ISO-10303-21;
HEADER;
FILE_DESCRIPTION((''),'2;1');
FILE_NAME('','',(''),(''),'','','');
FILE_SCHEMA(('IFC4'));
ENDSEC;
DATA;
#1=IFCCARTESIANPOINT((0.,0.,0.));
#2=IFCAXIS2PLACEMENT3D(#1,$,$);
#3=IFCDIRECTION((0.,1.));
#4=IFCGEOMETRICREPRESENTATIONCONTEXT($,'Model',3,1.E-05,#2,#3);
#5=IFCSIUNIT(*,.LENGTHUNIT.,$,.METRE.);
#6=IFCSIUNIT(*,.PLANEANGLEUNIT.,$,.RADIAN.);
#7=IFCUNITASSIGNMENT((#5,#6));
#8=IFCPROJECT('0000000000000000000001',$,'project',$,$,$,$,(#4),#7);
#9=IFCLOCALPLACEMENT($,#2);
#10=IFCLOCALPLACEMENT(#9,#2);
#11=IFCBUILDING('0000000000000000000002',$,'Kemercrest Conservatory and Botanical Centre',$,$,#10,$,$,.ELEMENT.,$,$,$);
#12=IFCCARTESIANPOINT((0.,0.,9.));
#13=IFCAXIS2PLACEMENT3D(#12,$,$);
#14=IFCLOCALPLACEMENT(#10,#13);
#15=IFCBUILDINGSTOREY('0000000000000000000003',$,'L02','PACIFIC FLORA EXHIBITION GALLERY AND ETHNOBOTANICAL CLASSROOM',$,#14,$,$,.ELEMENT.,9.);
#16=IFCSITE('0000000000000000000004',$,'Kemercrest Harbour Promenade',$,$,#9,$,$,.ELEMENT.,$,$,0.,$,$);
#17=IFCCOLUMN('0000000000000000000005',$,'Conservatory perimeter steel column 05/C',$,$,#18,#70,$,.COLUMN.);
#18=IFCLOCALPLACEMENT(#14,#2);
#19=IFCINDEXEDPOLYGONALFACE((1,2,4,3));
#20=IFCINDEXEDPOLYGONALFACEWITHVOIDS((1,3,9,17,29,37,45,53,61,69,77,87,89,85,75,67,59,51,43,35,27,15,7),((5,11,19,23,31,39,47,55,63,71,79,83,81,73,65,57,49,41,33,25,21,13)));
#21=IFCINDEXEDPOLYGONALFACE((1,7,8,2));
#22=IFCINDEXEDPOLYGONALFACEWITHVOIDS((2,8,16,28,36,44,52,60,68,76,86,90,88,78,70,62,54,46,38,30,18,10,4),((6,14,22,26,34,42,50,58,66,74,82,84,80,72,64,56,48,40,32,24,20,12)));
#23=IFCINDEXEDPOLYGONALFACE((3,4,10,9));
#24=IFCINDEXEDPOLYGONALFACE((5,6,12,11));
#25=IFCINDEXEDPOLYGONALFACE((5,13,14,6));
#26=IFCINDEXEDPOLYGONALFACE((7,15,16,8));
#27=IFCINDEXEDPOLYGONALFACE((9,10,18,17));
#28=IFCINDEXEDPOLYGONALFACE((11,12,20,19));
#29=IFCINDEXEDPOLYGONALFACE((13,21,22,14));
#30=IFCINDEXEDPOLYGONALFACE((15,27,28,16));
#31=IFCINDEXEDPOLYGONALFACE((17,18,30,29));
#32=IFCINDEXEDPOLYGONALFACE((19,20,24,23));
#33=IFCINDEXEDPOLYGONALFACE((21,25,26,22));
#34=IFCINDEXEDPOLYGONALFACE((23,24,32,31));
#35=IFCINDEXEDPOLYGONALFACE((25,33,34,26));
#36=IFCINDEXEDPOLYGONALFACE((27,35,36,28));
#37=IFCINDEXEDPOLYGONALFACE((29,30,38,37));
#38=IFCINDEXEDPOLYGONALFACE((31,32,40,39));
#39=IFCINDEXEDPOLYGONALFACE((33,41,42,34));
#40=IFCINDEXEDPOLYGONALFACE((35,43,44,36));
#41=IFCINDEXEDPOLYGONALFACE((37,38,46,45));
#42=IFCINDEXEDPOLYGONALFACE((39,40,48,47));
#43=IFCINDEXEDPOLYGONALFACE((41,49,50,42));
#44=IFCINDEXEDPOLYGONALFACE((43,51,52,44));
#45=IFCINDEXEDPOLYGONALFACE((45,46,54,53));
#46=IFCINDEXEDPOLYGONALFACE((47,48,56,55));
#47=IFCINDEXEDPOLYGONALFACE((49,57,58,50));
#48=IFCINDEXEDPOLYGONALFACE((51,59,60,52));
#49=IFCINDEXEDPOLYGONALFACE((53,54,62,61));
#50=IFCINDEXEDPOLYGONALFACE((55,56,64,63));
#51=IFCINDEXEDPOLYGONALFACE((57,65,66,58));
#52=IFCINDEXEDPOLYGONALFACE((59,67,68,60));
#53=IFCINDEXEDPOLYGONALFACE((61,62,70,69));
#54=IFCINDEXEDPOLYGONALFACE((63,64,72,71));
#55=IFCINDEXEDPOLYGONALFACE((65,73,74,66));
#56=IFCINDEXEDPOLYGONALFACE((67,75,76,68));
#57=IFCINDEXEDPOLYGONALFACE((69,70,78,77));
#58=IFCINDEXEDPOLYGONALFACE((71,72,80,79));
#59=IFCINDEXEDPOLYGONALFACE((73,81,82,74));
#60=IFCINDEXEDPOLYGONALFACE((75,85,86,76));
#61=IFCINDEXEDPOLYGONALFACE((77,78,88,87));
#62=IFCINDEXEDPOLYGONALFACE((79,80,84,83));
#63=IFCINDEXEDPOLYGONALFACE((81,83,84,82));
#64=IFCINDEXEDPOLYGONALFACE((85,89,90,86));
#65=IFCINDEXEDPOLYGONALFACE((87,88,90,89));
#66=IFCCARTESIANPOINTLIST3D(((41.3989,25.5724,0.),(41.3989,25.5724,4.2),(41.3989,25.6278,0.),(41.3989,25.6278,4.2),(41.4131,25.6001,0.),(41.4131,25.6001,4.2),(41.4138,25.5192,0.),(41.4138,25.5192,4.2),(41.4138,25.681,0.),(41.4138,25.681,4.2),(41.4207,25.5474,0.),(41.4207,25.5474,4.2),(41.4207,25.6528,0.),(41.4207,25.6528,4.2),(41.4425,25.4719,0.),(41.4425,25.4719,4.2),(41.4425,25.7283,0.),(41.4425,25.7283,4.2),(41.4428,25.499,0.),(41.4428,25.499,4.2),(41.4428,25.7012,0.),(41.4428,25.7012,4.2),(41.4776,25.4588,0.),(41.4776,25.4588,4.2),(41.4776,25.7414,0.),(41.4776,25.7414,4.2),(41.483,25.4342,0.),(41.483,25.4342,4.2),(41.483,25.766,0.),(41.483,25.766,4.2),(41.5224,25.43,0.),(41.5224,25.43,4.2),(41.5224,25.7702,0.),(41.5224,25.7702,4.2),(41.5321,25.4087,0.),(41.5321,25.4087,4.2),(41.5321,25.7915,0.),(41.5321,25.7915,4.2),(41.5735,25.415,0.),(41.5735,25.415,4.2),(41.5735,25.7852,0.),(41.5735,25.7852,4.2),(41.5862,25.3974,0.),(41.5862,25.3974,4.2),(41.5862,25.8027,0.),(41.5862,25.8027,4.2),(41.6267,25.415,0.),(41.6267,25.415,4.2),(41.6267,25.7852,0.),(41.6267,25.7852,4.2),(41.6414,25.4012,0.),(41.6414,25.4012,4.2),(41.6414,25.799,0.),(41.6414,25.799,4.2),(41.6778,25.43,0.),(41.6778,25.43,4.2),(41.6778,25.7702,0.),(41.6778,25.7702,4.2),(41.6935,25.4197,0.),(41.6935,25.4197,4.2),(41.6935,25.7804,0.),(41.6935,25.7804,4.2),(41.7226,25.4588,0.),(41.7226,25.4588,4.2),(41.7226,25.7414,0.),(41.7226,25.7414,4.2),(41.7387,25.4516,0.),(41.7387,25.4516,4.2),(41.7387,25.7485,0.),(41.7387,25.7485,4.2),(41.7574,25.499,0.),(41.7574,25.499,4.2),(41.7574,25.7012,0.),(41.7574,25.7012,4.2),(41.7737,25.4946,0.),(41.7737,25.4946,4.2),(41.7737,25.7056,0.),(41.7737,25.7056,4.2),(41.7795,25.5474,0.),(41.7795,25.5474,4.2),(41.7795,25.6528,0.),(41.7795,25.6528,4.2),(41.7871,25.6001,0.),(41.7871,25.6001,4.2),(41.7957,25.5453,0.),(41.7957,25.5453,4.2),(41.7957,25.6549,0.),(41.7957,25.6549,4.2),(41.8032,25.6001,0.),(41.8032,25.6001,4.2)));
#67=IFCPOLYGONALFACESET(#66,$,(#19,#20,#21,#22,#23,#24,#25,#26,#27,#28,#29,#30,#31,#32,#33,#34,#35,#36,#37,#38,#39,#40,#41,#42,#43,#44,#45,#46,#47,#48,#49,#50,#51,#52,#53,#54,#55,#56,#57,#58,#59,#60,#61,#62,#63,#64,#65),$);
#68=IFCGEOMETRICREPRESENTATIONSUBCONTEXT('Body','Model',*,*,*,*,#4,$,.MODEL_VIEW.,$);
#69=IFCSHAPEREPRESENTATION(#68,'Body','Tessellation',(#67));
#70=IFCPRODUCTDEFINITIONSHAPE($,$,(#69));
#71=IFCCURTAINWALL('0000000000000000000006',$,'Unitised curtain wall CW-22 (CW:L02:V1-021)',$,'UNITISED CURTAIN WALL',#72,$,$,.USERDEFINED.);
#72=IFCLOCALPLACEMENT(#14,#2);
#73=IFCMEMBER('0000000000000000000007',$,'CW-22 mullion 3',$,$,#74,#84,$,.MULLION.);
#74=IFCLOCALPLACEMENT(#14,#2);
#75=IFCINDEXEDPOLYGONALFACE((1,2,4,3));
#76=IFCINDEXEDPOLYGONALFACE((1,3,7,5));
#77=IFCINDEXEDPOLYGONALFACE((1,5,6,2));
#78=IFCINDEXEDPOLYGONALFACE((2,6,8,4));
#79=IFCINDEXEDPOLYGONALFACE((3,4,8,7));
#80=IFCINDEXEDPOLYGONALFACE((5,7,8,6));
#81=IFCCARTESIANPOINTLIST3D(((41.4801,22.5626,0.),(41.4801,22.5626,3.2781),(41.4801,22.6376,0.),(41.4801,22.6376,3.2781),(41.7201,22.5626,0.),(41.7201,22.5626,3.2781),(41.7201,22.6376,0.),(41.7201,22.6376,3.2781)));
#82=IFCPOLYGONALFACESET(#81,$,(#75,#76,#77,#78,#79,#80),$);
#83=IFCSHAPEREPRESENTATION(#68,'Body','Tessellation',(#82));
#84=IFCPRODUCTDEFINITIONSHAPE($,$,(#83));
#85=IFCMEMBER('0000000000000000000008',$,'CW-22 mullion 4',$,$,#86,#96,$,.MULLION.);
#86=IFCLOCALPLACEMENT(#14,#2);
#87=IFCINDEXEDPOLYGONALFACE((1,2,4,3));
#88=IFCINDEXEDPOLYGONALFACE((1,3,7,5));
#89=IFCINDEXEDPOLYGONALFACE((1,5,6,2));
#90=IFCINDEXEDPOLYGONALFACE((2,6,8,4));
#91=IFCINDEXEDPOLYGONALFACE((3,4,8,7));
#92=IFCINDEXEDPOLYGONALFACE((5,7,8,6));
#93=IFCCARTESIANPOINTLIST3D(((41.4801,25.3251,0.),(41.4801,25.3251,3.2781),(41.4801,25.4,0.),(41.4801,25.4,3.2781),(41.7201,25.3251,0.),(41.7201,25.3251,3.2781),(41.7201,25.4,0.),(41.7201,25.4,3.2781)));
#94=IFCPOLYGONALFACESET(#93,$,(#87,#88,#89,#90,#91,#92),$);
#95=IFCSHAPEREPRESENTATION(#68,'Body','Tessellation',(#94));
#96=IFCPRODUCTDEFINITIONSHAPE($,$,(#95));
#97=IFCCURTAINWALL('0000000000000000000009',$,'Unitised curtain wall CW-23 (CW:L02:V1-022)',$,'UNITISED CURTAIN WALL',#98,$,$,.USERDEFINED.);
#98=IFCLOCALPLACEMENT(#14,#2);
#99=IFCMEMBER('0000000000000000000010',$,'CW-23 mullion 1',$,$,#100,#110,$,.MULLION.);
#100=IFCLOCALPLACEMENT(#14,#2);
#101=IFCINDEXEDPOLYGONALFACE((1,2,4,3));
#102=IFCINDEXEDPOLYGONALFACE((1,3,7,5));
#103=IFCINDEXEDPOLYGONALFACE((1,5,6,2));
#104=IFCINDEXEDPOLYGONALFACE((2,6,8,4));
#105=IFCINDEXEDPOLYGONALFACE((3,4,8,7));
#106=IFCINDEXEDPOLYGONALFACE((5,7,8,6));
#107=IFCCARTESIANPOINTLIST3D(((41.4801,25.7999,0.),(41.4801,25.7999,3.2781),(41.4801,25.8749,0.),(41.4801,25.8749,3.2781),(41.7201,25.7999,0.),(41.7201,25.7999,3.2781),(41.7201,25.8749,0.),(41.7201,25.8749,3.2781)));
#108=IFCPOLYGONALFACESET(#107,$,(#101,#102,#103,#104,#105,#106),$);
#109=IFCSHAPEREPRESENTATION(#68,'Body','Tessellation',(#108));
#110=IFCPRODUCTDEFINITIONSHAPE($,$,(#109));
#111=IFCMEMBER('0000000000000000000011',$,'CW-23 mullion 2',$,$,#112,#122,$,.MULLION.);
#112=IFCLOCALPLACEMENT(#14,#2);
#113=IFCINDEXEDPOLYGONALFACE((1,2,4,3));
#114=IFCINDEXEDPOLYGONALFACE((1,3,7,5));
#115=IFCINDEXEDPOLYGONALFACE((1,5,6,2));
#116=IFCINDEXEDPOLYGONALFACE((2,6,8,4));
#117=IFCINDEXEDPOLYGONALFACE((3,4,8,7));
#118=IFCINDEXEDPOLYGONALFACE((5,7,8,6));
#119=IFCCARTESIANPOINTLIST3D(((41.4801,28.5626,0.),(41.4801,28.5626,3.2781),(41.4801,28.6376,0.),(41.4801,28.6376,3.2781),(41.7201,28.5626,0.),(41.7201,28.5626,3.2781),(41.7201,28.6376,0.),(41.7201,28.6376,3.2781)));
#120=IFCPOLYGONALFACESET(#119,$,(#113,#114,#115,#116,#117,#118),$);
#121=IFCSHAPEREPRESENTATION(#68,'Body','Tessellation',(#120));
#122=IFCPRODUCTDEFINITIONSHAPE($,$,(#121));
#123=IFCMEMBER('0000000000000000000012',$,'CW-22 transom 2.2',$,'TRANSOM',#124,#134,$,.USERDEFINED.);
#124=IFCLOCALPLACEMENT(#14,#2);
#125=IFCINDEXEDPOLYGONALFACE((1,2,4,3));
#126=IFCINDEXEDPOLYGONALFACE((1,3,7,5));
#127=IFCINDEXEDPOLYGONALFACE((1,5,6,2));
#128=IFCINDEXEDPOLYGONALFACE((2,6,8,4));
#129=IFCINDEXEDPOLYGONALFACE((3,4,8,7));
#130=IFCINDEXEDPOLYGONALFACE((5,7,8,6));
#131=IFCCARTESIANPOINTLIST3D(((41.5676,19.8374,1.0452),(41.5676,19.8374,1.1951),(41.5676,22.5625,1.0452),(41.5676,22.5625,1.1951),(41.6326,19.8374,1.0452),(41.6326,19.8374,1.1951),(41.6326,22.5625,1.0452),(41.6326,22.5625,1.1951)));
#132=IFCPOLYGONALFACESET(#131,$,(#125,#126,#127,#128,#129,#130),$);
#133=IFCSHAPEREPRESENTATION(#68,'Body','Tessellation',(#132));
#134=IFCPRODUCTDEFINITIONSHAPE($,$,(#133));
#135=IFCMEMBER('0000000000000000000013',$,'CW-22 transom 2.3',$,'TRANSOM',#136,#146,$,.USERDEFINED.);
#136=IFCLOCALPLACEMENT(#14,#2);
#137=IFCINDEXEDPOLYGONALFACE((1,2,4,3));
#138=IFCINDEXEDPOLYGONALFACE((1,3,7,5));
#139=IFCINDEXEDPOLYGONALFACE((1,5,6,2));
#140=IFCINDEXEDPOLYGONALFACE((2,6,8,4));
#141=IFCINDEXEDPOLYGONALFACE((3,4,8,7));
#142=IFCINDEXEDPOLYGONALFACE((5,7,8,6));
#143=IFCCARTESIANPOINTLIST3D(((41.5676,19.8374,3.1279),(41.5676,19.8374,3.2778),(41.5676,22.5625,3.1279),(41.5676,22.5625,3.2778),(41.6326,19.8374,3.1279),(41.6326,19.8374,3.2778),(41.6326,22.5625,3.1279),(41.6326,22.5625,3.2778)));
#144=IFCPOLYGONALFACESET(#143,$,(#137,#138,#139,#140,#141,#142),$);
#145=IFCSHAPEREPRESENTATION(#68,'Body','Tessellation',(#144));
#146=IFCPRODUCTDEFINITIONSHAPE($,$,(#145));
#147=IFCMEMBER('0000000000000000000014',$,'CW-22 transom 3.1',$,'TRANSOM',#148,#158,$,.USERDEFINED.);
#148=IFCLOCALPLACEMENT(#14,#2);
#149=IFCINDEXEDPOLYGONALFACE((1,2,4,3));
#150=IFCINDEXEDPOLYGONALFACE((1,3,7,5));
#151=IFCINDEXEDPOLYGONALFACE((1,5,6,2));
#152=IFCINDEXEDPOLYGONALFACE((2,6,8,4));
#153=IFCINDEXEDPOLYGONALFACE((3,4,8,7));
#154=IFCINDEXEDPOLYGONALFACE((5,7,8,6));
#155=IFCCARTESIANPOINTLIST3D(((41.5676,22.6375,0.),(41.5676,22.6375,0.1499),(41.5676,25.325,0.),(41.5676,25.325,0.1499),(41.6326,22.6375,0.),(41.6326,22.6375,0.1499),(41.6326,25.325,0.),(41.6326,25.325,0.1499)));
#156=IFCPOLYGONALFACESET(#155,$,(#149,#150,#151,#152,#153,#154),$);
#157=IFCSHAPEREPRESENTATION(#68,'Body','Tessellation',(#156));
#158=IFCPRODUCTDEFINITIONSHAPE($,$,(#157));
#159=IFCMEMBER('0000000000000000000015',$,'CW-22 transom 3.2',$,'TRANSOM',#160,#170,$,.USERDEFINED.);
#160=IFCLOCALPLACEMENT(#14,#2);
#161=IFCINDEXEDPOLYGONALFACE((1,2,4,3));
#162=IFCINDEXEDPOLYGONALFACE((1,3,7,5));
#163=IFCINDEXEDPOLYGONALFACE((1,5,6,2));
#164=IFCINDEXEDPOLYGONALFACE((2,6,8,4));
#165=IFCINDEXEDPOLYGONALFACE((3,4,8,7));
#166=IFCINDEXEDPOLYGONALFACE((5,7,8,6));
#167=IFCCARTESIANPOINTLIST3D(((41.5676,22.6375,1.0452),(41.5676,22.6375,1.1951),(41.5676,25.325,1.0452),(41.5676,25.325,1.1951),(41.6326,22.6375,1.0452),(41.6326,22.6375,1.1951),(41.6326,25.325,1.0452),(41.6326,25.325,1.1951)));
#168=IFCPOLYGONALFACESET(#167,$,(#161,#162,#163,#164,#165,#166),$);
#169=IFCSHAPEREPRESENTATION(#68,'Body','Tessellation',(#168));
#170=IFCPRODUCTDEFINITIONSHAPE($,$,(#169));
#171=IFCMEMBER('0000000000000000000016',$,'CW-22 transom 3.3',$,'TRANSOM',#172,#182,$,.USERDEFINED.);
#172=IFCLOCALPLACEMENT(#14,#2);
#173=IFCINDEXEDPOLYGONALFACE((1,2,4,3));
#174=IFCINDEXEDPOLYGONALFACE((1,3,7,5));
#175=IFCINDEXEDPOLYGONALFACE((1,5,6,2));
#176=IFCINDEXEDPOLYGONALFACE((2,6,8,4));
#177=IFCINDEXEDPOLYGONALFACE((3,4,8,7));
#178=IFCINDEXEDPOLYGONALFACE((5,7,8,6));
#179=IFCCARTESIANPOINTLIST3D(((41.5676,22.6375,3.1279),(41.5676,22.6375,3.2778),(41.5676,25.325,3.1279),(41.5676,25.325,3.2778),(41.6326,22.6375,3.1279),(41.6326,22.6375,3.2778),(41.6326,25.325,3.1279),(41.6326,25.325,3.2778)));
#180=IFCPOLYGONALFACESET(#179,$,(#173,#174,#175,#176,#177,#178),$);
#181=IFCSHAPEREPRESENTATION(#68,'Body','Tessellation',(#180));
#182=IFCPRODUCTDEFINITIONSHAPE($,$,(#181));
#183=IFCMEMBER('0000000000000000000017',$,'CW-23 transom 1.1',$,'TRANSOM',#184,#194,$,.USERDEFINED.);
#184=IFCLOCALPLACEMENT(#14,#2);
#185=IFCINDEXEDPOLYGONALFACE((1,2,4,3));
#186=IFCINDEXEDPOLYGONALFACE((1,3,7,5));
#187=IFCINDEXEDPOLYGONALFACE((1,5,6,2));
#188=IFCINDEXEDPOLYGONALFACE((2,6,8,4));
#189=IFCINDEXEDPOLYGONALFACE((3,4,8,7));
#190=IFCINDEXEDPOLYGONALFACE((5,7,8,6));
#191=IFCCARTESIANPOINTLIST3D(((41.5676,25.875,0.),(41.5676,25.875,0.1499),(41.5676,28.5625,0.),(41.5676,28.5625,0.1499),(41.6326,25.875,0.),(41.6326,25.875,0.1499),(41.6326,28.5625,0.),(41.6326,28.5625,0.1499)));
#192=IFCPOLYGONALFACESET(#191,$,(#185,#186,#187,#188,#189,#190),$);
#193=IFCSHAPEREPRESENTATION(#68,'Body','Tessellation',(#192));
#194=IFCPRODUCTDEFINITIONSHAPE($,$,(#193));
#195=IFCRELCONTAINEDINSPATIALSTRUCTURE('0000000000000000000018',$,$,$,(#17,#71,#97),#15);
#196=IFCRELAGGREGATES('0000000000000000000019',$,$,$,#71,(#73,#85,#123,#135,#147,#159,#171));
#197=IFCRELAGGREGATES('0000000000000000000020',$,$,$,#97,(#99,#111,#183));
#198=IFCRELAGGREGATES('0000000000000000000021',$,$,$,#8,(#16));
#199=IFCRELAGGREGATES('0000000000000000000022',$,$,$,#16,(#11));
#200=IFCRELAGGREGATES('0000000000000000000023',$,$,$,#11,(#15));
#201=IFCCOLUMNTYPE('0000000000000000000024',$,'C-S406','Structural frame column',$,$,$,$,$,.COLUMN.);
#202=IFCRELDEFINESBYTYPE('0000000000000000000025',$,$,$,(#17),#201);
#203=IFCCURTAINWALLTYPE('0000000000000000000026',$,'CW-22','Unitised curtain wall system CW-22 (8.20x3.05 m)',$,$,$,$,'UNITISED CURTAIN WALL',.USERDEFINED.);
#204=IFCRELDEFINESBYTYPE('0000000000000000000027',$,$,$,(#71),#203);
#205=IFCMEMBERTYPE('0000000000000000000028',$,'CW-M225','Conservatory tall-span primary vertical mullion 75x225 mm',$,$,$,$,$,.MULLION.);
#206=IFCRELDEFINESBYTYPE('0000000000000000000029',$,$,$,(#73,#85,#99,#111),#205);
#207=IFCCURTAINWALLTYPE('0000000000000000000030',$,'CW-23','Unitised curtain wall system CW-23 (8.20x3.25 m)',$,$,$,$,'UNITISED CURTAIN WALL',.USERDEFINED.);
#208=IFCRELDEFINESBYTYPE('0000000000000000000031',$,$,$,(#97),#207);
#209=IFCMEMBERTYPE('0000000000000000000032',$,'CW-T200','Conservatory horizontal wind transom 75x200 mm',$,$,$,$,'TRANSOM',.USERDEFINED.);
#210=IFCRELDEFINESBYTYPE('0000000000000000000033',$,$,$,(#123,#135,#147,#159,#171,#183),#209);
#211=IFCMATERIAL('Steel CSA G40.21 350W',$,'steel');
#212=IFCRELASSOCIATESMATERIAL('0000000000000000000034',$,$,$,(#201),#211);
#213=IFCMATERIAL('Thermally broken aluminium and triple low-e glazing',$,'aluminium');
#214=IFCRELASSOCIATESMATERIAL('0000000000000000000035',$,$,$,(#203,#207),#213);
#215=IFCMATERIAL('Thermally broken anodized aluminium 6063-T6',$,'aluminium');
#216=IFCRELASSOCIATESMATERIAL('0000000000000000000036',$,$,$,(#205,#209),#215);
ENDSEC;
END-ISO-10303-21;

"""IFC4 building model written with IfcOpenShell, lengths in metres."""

from ifc_helpers import new_model, si_unit, direction, frame, origin, origin_2d, place, context, subcontext, project, spatial, rectangle, hollow_circle, extrude, material, material_profile, profile_set, type_object, element, aggregate, save


model = new_model("IFC4")

# Units and contexts
model_context = context("Model", 3, precision=1e-05, world=origin(), true_north=direction((0.0, 1.0)))
body_context = subcontext(model_context, "Body", "Model", "MODEL_VIEW")
ifc_project = project(units=[si_unit("LENGTHUNIT", "METRE"), si_unit("PLANEANGLEUNIT", "RADIAN")], contexts=[model_context])

# Site, building, storey
site_placement = place(None, origin())
site = spatial("IfcSite", under=ifc_project, at=site_placement, Name="Kemercrest Harbour Promenade", CompositionType="ELEMENT", RefElevation=0.0)
building_placement = place(site_placement, origin())
building = spatial("IfcBuilding", under=site, at=building_placement, Name="Kemercrest Conservatory and Botanical Centre", CompositionType="ELEMENT")
storey_placement = place(building_placement, frame((0.0, 0.0, 9.0)))
storey = spatial("IfcBuildingStorey", under=building, at=storey_placement, Name="L02", Description="PACIFIC FLORA EXHIBITION GALLERY AND ETHNOBOTANICAL CLASSROOM", CompositionType="ELEMENT", Elevation=9.0)

# Column
ifc_material_1 = material(Name="Steel CSA G40.21 350W", Category="steel")
ifc_material_profile_1 = material_profile(ifc_material_1, hollow_circle(Radius=0.2031, WallThickness=0.0161, at=origin_2d()), Name="CHS 406.4x16.0")
ifc_profile_set_1 = profile_set([ifc_material_profile_1], Name="Steel CSA G40.21 350W")
column_type = type_object("IfcColumnType", Name="C-S406", Description="Structural frame column", PredefinedType="COLUMN", material=ifc_profile_set_1)
column_placement = place(storey_placement, frame((41.6001, 25.6001, 0.0), z_axis=(0.0, 0.0, 1.0), x_axis=(1.0, 0.0, 0.0)))
element("IfcColumn", 1, at=column_placement, inside=storey, type_object=column_type, Name="Conservatory perimeter steel column 05/C", PredefinedType="COLUMN", context=body_context, shape_type="SweptSolid", body=[
    extrude(hollow_circle(Radius=0.2031, WallThickness=0.0161, at=origin_2d()), origin(), (0.0, 0.0, 1.0), 4.2),
])

# Curtain walls, members
ifc_material_2 = material(Name="Thermally broken aluminium and triple low-e glazing", Category="aluminium")
curtain_wall_type_1 = type_object("IfcCurtainWallType", Name="CW-22", Description="Unitised curtain wall system CW-22 (8.20x3.05 m)", ElementType="UNITISED CURTAIN WALL", PredefinedType="USERDEFINED", material=ifc_material_2)
curtain_wall_1_placement = place(storey_placement, origin())
curtain_wall_1 = element("IfcCurtainWall", 2, at=curtain_wall_1_placement, inside=storey, type_object=curtain_wall_type_1, Name="Unitised curtain wall CW-22 (CW:L02:V1-021)", ObjectType="UNITISED CURTAIN WALL", PredefinedType="USERDEFINED")
ifc_material_3 = material(Name="Thermally broken anodized aluminium 6063-T6", Category="aluminium")
ifc_material_profile_2 = material_profile(ifc_material_3, rectangle(XDim=0.24, YDim=0.075, at=origin_2d()), Name="AL MULLION 75x240")
ifc_profile_set_2 = profile_set([ifc_material_profile_2], Name="Thermally broken anodized aluminium 6063-T6")
member_type_1 = type_object("IfcMemberType", Name="CW-M225", Description="Conservatory tall-span primary vertical mullion 75x225 mm", PredefinedType="MULLION", material=ifc_profile_set_2)
member_1_placement = place(storey_placement, frame((41.6001, 22.6001, 0.0), z_axis=(0.0, 0.0, 1.0), x_axis=(-1.0, 0.0, 0.0)))
member_1 = element("IfcMember", 3, at=member_1_placement, type_object=member_type_1, Name="CW-22 mullion 3", PredefinedType="MULLION", context=body_context, shape_type="SweptSolid", body=[
    extrude(rectangle(XDim=0.24, YDim=0.075, at=origin_2d()), origin(), (0.0, 0.0, 1.0), 3.2781),
])
member_2_placement = place(storey_placement, frame((41.6001, 25.3625, 0.0), z_axis=(0.0, 0.0, 1.0), x_axis=(-1.0, 0.0, 0.0)))
member_2 = element("IfcMember", 4, at=member_2_placement, type_object=member_type_1, Name="CW-22 mullion 4", PredefinedType="MULLION", context=body_context, shape_type="SweptSolid", body=[
    extrude(rectangle(XDim=0.24, YDim=0.075, at=origin_2d()), origin(), (0.0, 0.0, 1.0), 3.2781),
])
curtain_wall_type_2 = type_object("IfcCurtainWallType", Name="CW-23", Description="Unitised curtain wall system CW-23 (8.20x3.25 m)", ElementType="UNITISED CURTAIN WALL", PredefinedType="USERDEFINED", material=ifc_material_2)
curtain_wall_2_placement = place(storey_placement, origin())
curtain_wall_2 = element("IfcCurtainWall", 5, at=curtain_wall_2_placement, inside=storey, type_object=curtain_wall_type_2, Name="Unitised curtain wall CW-23 (CW:L02:V1-022)", ObjectType="UNITISED CURTAIN WALL", PredefinedType="USERDEFINED")
member_3_placement = place(storey_placement, frame((41.6001, 25.8374, 0.0), z_axis=(0.0, 0.0, 1.0), x_axis=(-1.0, 0.0, 0.0)))
member_3 = element("IfcMember", 6, at=member_3_placement, type_object=member_type_1, Name="CW-23 mullion 1", PredefinedType="MULLION", context=body_context, shape_type="SweptSolid", body=[
    extrude(rectangle(XDim=0.24, YDim=0.075, at=origin_2d()), origin(), (0.0, 0.0, 1.0), 3.2781),
])
member_4_placement = place(storey_placement, frame((41.6001, 28.6001, 0.0), z_axis=(0.0, 0.0, 1.0), x_axis=(-1.0, 0.0, 0.0)))
member_4 = element("IfcMember", 7, at=member_4_placement, type_object=member_type_1, Name="CW-23 mullion 2", PredefinedType="MULLION", context=body_context, shape_type="SweptSolid", body=[
    extrude(rectangle(XDim=0.24, YDim=0.075, at=origin_2d()), origin(), (0.0, 0.0, 1.0), 3.2781),
])

# Members
ifc_material_profile_3 = material_profile(ifc_material_3, rectangle(XDim=0.0649, YDim=0.1499, at=origin_2d()), Name="AL TRANSOM 65x150")
ifc_profile_set_3 = profile_set([ifc_material_profile_3], Name="Thermally broken anodized aluminium 6063-T6")
member_type_2 = type_object("IfcMemberType", Name="CW-T200", Description="Conservatory horizontal wind transom 75x200 mm", ElementType="TRANSOM", PredefinedType="USERDEFINED", material=ifc_profile_set_3)
member_5_placement = place(storey_placement, frame((41.6001, 19.8374, 1.1201), z_axis=(0.0, 1.0, 0.0), x_axis=(-1.0, 0.0, 0.0)))
member_5 = element("IfcMember", 8, at=member_5_placement, type_object=member_type_2, Name="CW-22 transom 2.2", ObjectType="TRANSOM", PredefinedType="USERDEFINED", context=body_context, shape_type="SweptSolid", body=[
    extrude(rectangle(XDim=0.0649, YDim=0.1499, at=origin_2d()), origin(), (0.0, 0.0, 1.0), 2.7251),
])
member_6_placement = place(storey_placement, frame((41.6001, 19.8374, 3.2029), z_axis=(0.0, 1.0, 0.0), x_axis=(-1.0, 0.0, 0.0)))
member_6 = element("IfcMember", 9, at=member_6_placement, type_object=member_type_2, Name="CW-22 transom 2.3", ObjectType="TRANSOM", PredefinedType="USERDEFINED", context=body_context, shape_type="SweptSolid", body=[
    extrude(rectangle(XDim=0.0649, YDim=0.1499, at=origin_2d()), origin(), (0.0, 0.0, 1.0), 2.7251),
])
member_7_placement = place(storey_placement, frame((41.6001, 22.6375, 0.075), z_axis=(0.0, 1.0, 0.0), x_axis=(-1.0, 0.0, 0.0)))
member_7 = element("IfcMember", 10, at=member_7_placement, type_object=member_type_2, Name="CW-22 transom 3.1", ObjectType="TRANSOM", PredefinedType="USERDEFINED", context=body_context, shape_type="SweptSolid", body=[
    extrude(rectangle(XDim=0.0649, YDim=0.1499, at=origin_2d()), origin(), (0.0, 0.0, 1.0), 2.6875),
])
member_8_placement = place(storey_placement, frame((41.6001, 22.6375, 1.1201), z_axis=(0.0, 1.0, 0.0), x_axis=(-1.0, 0.0, 0.0)))
member_8 = element("IfcMember", 11, at=member_8_placement, type_object=member_type_2, Name="CW-22 transom 3.2", ObjectType="TRANSOM", PredefinedType="USERDEFINED", context=body_context, shape_type="SweptSolid", body=[
    extrude(rectangle(XDim=0.0649, YDim=0.1499, at=origin_2d()), origin(), (0.0, 0.0, 1.0), 2.6875),
])
member_9_placement = place(storey_placement, frame((41.6001, 22.6375, 3.2029), z_axis=(0.0, 1.0, 0.0), x_axis=(-1.0, 0.0, 0.0)))
member_9 = element("IfcMember", 12, at=member_9_placement, type_object=member_type_2, Name="CW-22 transom 3.3", ObjectType="TRANSOM", PredefinedType="USERDEFINED", context=body_context, shape_type="SweptSolid", body=[
    extrude(rectangle(XDim=0.0649, YDim=0.1499, at=origin_2d()), origin(), (0.0, 0.0, 1.0), 2.6875),
])
member_10_placement = place(storey_placement, frame((41.6001, 25.875, 0.075), z_axis=(0.0, 1.0, 0.0), x_axis=(-1.0, 0.0, 0.0)))
member_10 = element("IfcMember", 13, at=member_10_placement, type_object=member_type_2, Name="CW-23 transom 1.1", ObjectType="TRANSOM", PredefinedType="USERDEFINED", context=body_context, shape_type="SweptSolid", body=[
    extrude(rectangle(XDim=0.0649, YDim=0.1499, at=origin_2d()), origin(), (0.0, 0.0, 1.0), 2.6875),
])

aggregate(curtain_wall_1, [member_1, member_2, member_5, member_6, member_7, member_8, member_9])
aggregate(curtain_wall_2, [member_3, member_4, member_10])

save(model, "model.ifc")
